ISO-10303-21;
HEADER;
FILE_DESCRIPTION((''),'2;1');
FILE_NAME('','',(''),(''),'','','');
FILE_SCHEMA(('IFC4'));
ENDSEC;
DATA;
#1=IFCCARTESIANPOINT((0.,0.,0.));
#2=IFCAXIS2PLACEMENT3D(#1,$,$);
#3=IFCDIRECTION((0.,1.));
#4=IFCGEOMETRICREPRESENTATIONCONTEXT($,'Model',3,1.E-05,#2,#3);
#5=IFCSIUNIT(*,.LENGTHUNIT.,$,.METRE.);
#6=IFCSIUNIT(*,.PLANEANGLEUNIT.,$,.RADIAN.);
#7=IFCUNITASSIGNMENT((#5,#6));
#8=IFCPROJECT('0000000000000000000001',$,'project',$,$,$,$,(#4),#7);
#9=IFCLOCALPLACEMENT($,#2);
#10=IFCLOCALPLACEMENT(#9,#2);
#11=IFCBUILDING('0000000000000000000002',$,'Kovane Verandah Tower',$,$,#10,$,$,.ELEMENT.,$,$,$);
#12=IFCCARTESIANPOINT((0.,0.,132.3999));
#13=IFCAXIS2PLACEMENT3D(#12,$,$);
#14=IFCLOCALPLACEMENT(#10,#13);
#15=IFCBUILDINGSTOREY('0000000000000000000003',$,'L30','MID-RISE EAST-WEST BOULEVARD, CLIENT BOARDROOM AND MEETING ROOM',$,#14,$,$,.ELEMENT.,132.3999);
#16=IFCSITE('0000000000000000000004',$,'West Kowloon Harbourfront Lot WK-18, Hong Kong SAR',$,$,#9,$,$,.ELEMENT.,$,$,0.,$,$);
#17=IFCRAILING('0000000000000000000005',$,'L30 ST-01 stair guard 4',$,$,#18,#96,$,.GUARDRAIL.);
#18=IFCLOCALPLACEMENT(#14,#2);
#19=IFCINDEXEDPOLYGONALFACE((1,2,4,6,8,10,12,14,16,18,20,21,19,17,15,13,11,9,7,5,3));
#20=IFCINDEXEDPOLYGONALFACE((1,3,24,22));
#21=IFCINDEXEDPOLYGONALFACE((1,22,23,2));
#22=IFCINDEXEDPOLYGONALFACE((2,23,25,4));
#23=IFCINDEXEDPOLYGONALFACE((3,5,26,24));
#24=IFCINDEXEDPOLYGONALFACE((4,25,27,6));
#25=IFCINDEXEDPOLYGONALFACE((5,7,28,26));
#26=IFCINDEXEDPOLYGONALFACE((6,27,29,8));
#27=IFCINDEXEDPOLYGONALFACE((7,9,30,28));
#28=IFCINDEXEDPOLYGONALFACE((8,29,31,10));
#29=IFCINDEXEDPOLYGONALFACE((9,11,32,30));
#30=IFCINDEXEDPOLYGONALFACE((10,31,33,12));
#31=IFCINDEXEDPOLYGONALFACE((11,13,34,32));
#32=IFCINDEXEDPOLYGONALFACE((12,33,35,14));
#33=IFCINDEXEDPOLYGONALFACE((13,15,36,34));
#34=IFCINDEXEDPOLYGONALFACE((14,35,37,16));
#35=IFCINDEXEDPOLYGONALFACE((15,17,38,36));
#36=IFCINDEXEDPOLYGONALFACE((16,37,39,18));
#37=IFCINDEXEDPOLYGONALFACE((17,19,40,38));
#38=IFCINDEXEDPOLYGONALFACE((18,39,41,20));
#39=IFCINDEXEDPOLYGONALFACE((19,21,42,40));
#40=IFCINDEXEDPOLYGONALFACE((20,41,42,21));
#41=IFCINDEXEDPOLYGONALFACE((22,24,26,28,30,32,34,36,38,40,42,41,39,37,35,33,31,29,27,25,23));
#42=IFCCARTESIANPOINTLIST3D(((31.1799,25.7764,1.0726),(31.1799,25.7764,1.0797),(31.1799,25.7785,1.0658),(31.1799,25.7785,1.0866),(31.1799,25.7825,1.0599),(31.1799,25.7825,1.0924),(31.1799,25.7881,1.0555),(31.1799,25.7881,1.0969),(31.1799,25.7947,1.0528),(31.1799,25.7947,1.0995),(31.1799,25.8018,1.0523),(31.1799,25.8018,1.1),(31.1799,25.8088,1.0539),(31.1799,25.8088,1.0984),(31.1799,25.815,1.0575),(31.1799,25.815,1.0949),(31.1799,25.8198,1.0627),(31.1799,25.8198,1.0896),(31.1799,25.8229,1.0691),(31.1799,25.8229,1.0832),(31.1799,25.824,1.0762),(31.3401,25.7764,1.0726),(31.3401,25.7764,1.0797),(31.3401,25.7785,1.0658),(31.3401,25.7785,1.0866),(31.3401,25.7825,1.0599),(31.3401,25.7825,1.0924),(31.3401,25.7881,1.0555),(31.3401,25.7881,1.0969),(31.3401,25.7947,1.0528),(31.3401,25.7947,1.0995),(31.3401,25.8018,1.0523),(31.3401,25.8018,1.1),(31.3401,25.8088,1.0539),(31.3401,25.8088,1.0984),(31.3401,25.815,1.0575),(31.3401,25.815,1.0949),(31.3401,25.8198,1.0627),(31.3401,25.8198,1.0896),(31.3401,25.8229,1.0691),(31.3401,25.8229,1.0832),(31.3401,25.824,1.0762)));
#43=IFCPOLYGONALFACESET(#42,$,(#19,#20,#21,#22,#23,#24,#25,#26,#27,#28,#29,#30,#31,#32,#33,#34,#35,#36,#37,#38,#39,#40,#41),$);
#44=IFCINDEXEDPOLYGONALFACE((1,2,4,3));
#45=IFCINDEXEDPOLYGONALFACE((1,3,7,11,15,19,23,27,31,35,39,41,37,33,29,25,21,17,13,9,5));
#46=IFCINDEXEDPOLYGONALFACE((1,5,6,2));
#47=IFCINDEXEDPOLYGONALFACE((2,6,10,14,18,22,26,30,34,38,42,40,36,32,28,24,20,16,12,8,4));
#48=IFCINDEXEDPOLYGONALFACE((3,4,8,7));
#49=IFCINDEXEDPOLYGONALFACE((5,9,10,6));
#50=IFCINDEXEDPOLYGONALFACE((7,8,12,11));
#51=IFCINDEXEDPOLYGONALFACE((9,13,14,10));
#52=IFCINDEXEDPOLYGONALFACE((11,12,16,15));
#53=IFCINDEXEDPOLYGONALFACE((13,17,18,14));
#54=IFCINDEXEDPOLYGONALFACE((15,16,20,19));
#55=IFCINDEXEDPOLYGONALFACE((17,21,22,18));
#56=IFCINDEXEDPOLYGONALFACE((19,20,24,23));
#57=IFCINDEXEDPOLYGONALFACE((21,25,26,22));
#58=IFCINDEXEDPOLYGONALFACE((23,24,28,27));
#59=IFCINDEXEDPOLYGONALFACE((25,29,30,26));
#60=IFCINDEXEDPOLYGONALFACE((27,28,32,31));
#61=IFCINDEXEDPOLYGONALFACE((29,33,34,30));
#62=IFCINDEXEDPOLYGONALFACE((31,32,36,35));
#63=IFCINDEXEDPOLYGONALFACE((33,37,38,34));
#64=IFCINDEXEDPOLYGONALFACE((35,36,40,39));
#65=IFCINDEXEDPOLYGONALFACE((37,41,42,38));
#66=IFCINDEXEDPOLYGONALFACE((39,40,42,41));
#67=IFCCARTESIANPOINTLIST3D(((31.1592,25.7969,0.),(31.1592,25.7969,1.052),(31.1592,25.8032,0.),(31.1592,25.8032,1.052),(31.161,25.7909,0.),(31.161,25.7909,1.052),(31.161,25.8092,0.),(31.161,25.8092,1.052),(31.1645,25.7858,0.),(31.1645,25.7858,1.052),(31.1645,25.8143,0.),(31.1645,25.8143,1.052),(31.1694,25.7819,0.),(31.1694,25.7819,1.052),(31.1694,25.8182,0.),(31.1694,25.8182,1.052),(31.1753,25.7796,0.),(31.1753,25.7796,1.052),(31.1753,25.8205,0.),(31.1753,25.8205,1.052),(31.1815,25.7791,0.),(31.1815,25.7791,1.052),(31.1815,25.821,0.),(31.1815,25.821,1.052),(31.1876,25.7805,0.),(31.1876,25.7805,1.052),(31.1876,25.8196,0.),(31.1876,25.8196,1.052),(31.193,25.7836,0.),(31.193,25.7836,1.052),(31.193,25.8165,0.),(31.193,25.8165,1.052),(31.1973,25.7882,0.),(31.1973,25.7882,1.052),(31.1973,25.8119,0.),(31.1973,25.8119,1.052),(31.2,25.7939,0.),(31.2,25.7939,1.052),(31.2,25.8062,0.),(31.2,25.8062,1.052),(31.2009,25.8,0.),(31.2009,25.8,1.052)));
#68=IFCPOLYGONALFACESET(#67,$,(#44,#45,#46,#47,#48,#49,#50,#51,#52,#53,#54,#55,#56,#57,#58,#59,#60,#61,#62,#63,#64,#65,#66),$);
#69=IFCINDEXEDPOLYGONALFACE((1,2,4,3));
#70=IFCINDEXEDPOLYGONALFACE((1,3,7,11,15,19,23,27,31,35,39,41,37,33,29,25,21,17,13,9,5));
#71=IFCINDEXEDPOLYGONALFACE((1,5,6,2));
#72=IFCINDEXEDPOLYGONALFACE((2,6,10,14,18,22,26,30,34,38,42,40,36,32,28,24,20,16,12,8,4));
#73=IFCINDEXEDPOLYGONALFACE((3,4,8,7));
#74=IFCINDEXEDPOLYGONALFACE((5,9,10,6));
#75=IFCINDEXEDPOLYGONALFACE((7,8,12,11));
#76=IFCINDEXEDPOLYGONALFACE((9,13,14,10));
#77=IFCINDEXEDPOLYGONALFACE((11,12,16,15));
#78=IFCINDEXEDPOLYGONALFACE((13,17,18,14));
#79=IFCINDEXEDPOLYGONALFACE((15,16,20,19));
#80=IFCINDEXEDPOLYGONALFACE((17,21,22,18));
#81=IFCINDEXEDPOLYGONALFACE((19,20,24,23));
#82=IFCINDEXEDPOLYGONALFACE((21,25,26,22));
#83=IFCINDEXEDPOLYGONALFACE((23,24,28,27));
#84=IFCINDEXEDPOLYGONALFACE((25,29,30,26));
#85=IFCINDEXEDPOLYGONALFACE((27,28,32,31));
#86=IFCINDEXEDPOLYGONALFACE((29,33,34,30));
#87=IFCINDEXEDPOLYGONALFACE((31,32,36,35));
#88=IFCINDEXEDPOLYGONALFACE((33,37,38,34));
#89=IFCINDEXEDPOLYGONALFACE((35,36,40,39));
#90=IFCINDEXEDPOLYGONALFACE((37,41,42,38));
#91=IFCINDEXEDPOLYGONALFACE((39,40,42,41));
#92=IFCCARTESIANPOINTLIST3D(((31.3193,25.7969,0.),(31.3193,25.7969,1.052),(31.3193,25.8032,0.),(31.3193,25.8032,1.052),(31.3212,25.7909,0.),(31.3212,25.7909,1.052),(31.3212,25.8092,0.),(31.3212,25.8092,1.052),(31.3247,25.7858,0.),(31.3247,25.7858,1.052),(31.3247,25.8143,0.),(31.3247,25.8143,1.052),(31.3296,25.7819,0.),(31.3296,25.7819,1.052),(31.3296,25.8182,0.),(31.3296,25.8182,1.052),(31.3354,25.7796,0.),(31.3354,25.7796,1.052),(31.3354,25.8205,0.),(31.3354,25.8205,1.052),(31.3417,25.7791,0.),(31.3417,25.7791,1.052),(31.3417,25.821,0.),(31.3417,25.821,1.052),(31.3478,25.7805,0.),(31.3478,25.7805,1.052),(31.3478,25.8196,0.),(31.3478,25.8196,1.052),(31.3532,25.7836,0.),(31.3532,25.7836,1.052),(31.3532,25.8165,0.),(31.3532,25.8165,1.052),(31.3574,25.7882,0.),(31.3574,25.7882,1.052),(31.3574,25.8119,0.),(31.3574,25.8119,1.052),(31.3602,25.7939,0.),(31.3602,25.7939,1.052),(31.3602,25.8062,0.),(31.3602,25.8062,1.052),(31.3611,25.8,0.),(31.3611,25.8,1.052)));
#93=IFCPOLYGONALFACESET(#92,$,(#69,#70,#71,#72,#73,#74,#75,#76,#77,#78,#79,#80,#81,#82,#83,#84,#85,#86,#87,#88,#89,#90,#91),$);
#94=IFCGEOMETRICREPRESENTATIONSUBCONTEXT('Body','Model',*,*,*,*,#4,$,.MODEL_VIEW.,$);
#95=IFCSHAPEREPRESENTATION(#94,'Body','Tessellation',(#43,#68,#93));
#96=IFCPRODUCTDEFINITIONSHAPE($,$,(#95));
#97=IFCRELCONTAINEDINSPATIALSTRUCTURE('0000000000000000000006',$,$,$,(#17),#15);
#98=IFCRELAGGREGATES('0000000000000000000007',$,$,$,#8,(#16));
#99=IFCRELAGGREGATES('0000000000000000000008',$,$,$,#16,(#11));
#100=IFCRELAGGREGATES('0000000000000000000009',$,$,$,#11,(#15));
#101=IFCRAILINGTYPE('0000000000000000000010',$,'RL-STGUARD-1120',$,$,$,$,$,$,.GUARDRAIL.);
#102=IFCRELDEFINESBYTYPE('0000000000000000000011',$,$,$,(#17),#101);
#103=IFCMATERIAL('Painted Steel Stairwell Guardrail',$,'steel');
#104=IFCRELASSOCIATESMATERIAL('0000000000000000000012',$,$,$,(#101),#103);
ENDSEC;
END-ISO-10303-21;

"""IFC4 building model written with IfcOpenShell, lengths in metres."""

from ifc_helpers import new_model, si_unit, direction, frame, origin, origin_2d, place, context, subcontext, project, spatial, circle, extrude, material, type_object, element, save


model = new_model("IFC4")

# Units and contexts
model_context = context("Model", 3, precision=1e-05, world=origin(), true_north=direction((0.0, 1.0)))
body_context = subcontext(model_context, "Body", "Model", "MODEL_VIEW")
ifc_project = project(units=[si_unit("LENGTHUNIT", "METRE"), si_unit("PLANEANGLEUNIT", "RADIAN")], contexts=[model_context])

# Site, building, storey
site_placement = place(None, origin())
site = spatial("IfcSite", under=ifc_project, at=site_placement, Name="West Kowloon Harbourfront Lot WK-18, Hong Kong SAR", CompositionType="ELEMENT", RefElevation=0.0)
building_placement = place(site_placement, origin())
building = spatial("IfcBuilding", under=site, at=building_placement, Name="Kovane Verandah Tower", CompositionType="ELEMENT")
storey_placement = place(building_placement, frame((0.0, 0.0, 132.3999)))
storey = spatial("IfcBuildingStorey", under=building, at=storey_placement, Name="L30", Description="MID-RISE EAST-WEST BOULEVARD, CLIENT BOARDROOM AND MEETING ROOM", CompositionType="ELEMENT", Elevation=132.3999)

# Railing
ifc_material_1 = material(Name="Painted Steel Stairwell Guardrail", Category="steel")
railing_type_1 = type_object("IfcRailingType", Name="RL-STGUARD-1120", PredefinedType="GUARDRAIL", material=ifc_material_1)
railing_1_placement = place(storey_placement, frame((31.1799, 25.8, 0.0)))
element("IfcRailing", 1, at=railing_1_placement, inside=storey, type_object=railing_type_1, Name="L30 ST-01 stair guard 4", PredefinedType="GUARDRAIL", context=body_context, shape_type="SweptSolid", body=[
    extrude(circle(Radius=0.0239, at=origin_2d()), frame((0.0, 0.0, 1.0762), z_axis=(1.0, 0.0, 0.0), x_axis=(0.0, 1.0, 0.0)), (0.0, 0.0, 1.0), 0.1602),
    extrude(circle(Radius=0.021, at=origin_2d()), origin(), (0.0, 0.0, 1.0), 1.052),
    extrude(circle(Radius=0.021, at=origin_2d()), frame((0.1602, 0.0, 0.0)), (0.0, 0.0, 1.0), 1.052),
])

save(model, "model.ifc")
